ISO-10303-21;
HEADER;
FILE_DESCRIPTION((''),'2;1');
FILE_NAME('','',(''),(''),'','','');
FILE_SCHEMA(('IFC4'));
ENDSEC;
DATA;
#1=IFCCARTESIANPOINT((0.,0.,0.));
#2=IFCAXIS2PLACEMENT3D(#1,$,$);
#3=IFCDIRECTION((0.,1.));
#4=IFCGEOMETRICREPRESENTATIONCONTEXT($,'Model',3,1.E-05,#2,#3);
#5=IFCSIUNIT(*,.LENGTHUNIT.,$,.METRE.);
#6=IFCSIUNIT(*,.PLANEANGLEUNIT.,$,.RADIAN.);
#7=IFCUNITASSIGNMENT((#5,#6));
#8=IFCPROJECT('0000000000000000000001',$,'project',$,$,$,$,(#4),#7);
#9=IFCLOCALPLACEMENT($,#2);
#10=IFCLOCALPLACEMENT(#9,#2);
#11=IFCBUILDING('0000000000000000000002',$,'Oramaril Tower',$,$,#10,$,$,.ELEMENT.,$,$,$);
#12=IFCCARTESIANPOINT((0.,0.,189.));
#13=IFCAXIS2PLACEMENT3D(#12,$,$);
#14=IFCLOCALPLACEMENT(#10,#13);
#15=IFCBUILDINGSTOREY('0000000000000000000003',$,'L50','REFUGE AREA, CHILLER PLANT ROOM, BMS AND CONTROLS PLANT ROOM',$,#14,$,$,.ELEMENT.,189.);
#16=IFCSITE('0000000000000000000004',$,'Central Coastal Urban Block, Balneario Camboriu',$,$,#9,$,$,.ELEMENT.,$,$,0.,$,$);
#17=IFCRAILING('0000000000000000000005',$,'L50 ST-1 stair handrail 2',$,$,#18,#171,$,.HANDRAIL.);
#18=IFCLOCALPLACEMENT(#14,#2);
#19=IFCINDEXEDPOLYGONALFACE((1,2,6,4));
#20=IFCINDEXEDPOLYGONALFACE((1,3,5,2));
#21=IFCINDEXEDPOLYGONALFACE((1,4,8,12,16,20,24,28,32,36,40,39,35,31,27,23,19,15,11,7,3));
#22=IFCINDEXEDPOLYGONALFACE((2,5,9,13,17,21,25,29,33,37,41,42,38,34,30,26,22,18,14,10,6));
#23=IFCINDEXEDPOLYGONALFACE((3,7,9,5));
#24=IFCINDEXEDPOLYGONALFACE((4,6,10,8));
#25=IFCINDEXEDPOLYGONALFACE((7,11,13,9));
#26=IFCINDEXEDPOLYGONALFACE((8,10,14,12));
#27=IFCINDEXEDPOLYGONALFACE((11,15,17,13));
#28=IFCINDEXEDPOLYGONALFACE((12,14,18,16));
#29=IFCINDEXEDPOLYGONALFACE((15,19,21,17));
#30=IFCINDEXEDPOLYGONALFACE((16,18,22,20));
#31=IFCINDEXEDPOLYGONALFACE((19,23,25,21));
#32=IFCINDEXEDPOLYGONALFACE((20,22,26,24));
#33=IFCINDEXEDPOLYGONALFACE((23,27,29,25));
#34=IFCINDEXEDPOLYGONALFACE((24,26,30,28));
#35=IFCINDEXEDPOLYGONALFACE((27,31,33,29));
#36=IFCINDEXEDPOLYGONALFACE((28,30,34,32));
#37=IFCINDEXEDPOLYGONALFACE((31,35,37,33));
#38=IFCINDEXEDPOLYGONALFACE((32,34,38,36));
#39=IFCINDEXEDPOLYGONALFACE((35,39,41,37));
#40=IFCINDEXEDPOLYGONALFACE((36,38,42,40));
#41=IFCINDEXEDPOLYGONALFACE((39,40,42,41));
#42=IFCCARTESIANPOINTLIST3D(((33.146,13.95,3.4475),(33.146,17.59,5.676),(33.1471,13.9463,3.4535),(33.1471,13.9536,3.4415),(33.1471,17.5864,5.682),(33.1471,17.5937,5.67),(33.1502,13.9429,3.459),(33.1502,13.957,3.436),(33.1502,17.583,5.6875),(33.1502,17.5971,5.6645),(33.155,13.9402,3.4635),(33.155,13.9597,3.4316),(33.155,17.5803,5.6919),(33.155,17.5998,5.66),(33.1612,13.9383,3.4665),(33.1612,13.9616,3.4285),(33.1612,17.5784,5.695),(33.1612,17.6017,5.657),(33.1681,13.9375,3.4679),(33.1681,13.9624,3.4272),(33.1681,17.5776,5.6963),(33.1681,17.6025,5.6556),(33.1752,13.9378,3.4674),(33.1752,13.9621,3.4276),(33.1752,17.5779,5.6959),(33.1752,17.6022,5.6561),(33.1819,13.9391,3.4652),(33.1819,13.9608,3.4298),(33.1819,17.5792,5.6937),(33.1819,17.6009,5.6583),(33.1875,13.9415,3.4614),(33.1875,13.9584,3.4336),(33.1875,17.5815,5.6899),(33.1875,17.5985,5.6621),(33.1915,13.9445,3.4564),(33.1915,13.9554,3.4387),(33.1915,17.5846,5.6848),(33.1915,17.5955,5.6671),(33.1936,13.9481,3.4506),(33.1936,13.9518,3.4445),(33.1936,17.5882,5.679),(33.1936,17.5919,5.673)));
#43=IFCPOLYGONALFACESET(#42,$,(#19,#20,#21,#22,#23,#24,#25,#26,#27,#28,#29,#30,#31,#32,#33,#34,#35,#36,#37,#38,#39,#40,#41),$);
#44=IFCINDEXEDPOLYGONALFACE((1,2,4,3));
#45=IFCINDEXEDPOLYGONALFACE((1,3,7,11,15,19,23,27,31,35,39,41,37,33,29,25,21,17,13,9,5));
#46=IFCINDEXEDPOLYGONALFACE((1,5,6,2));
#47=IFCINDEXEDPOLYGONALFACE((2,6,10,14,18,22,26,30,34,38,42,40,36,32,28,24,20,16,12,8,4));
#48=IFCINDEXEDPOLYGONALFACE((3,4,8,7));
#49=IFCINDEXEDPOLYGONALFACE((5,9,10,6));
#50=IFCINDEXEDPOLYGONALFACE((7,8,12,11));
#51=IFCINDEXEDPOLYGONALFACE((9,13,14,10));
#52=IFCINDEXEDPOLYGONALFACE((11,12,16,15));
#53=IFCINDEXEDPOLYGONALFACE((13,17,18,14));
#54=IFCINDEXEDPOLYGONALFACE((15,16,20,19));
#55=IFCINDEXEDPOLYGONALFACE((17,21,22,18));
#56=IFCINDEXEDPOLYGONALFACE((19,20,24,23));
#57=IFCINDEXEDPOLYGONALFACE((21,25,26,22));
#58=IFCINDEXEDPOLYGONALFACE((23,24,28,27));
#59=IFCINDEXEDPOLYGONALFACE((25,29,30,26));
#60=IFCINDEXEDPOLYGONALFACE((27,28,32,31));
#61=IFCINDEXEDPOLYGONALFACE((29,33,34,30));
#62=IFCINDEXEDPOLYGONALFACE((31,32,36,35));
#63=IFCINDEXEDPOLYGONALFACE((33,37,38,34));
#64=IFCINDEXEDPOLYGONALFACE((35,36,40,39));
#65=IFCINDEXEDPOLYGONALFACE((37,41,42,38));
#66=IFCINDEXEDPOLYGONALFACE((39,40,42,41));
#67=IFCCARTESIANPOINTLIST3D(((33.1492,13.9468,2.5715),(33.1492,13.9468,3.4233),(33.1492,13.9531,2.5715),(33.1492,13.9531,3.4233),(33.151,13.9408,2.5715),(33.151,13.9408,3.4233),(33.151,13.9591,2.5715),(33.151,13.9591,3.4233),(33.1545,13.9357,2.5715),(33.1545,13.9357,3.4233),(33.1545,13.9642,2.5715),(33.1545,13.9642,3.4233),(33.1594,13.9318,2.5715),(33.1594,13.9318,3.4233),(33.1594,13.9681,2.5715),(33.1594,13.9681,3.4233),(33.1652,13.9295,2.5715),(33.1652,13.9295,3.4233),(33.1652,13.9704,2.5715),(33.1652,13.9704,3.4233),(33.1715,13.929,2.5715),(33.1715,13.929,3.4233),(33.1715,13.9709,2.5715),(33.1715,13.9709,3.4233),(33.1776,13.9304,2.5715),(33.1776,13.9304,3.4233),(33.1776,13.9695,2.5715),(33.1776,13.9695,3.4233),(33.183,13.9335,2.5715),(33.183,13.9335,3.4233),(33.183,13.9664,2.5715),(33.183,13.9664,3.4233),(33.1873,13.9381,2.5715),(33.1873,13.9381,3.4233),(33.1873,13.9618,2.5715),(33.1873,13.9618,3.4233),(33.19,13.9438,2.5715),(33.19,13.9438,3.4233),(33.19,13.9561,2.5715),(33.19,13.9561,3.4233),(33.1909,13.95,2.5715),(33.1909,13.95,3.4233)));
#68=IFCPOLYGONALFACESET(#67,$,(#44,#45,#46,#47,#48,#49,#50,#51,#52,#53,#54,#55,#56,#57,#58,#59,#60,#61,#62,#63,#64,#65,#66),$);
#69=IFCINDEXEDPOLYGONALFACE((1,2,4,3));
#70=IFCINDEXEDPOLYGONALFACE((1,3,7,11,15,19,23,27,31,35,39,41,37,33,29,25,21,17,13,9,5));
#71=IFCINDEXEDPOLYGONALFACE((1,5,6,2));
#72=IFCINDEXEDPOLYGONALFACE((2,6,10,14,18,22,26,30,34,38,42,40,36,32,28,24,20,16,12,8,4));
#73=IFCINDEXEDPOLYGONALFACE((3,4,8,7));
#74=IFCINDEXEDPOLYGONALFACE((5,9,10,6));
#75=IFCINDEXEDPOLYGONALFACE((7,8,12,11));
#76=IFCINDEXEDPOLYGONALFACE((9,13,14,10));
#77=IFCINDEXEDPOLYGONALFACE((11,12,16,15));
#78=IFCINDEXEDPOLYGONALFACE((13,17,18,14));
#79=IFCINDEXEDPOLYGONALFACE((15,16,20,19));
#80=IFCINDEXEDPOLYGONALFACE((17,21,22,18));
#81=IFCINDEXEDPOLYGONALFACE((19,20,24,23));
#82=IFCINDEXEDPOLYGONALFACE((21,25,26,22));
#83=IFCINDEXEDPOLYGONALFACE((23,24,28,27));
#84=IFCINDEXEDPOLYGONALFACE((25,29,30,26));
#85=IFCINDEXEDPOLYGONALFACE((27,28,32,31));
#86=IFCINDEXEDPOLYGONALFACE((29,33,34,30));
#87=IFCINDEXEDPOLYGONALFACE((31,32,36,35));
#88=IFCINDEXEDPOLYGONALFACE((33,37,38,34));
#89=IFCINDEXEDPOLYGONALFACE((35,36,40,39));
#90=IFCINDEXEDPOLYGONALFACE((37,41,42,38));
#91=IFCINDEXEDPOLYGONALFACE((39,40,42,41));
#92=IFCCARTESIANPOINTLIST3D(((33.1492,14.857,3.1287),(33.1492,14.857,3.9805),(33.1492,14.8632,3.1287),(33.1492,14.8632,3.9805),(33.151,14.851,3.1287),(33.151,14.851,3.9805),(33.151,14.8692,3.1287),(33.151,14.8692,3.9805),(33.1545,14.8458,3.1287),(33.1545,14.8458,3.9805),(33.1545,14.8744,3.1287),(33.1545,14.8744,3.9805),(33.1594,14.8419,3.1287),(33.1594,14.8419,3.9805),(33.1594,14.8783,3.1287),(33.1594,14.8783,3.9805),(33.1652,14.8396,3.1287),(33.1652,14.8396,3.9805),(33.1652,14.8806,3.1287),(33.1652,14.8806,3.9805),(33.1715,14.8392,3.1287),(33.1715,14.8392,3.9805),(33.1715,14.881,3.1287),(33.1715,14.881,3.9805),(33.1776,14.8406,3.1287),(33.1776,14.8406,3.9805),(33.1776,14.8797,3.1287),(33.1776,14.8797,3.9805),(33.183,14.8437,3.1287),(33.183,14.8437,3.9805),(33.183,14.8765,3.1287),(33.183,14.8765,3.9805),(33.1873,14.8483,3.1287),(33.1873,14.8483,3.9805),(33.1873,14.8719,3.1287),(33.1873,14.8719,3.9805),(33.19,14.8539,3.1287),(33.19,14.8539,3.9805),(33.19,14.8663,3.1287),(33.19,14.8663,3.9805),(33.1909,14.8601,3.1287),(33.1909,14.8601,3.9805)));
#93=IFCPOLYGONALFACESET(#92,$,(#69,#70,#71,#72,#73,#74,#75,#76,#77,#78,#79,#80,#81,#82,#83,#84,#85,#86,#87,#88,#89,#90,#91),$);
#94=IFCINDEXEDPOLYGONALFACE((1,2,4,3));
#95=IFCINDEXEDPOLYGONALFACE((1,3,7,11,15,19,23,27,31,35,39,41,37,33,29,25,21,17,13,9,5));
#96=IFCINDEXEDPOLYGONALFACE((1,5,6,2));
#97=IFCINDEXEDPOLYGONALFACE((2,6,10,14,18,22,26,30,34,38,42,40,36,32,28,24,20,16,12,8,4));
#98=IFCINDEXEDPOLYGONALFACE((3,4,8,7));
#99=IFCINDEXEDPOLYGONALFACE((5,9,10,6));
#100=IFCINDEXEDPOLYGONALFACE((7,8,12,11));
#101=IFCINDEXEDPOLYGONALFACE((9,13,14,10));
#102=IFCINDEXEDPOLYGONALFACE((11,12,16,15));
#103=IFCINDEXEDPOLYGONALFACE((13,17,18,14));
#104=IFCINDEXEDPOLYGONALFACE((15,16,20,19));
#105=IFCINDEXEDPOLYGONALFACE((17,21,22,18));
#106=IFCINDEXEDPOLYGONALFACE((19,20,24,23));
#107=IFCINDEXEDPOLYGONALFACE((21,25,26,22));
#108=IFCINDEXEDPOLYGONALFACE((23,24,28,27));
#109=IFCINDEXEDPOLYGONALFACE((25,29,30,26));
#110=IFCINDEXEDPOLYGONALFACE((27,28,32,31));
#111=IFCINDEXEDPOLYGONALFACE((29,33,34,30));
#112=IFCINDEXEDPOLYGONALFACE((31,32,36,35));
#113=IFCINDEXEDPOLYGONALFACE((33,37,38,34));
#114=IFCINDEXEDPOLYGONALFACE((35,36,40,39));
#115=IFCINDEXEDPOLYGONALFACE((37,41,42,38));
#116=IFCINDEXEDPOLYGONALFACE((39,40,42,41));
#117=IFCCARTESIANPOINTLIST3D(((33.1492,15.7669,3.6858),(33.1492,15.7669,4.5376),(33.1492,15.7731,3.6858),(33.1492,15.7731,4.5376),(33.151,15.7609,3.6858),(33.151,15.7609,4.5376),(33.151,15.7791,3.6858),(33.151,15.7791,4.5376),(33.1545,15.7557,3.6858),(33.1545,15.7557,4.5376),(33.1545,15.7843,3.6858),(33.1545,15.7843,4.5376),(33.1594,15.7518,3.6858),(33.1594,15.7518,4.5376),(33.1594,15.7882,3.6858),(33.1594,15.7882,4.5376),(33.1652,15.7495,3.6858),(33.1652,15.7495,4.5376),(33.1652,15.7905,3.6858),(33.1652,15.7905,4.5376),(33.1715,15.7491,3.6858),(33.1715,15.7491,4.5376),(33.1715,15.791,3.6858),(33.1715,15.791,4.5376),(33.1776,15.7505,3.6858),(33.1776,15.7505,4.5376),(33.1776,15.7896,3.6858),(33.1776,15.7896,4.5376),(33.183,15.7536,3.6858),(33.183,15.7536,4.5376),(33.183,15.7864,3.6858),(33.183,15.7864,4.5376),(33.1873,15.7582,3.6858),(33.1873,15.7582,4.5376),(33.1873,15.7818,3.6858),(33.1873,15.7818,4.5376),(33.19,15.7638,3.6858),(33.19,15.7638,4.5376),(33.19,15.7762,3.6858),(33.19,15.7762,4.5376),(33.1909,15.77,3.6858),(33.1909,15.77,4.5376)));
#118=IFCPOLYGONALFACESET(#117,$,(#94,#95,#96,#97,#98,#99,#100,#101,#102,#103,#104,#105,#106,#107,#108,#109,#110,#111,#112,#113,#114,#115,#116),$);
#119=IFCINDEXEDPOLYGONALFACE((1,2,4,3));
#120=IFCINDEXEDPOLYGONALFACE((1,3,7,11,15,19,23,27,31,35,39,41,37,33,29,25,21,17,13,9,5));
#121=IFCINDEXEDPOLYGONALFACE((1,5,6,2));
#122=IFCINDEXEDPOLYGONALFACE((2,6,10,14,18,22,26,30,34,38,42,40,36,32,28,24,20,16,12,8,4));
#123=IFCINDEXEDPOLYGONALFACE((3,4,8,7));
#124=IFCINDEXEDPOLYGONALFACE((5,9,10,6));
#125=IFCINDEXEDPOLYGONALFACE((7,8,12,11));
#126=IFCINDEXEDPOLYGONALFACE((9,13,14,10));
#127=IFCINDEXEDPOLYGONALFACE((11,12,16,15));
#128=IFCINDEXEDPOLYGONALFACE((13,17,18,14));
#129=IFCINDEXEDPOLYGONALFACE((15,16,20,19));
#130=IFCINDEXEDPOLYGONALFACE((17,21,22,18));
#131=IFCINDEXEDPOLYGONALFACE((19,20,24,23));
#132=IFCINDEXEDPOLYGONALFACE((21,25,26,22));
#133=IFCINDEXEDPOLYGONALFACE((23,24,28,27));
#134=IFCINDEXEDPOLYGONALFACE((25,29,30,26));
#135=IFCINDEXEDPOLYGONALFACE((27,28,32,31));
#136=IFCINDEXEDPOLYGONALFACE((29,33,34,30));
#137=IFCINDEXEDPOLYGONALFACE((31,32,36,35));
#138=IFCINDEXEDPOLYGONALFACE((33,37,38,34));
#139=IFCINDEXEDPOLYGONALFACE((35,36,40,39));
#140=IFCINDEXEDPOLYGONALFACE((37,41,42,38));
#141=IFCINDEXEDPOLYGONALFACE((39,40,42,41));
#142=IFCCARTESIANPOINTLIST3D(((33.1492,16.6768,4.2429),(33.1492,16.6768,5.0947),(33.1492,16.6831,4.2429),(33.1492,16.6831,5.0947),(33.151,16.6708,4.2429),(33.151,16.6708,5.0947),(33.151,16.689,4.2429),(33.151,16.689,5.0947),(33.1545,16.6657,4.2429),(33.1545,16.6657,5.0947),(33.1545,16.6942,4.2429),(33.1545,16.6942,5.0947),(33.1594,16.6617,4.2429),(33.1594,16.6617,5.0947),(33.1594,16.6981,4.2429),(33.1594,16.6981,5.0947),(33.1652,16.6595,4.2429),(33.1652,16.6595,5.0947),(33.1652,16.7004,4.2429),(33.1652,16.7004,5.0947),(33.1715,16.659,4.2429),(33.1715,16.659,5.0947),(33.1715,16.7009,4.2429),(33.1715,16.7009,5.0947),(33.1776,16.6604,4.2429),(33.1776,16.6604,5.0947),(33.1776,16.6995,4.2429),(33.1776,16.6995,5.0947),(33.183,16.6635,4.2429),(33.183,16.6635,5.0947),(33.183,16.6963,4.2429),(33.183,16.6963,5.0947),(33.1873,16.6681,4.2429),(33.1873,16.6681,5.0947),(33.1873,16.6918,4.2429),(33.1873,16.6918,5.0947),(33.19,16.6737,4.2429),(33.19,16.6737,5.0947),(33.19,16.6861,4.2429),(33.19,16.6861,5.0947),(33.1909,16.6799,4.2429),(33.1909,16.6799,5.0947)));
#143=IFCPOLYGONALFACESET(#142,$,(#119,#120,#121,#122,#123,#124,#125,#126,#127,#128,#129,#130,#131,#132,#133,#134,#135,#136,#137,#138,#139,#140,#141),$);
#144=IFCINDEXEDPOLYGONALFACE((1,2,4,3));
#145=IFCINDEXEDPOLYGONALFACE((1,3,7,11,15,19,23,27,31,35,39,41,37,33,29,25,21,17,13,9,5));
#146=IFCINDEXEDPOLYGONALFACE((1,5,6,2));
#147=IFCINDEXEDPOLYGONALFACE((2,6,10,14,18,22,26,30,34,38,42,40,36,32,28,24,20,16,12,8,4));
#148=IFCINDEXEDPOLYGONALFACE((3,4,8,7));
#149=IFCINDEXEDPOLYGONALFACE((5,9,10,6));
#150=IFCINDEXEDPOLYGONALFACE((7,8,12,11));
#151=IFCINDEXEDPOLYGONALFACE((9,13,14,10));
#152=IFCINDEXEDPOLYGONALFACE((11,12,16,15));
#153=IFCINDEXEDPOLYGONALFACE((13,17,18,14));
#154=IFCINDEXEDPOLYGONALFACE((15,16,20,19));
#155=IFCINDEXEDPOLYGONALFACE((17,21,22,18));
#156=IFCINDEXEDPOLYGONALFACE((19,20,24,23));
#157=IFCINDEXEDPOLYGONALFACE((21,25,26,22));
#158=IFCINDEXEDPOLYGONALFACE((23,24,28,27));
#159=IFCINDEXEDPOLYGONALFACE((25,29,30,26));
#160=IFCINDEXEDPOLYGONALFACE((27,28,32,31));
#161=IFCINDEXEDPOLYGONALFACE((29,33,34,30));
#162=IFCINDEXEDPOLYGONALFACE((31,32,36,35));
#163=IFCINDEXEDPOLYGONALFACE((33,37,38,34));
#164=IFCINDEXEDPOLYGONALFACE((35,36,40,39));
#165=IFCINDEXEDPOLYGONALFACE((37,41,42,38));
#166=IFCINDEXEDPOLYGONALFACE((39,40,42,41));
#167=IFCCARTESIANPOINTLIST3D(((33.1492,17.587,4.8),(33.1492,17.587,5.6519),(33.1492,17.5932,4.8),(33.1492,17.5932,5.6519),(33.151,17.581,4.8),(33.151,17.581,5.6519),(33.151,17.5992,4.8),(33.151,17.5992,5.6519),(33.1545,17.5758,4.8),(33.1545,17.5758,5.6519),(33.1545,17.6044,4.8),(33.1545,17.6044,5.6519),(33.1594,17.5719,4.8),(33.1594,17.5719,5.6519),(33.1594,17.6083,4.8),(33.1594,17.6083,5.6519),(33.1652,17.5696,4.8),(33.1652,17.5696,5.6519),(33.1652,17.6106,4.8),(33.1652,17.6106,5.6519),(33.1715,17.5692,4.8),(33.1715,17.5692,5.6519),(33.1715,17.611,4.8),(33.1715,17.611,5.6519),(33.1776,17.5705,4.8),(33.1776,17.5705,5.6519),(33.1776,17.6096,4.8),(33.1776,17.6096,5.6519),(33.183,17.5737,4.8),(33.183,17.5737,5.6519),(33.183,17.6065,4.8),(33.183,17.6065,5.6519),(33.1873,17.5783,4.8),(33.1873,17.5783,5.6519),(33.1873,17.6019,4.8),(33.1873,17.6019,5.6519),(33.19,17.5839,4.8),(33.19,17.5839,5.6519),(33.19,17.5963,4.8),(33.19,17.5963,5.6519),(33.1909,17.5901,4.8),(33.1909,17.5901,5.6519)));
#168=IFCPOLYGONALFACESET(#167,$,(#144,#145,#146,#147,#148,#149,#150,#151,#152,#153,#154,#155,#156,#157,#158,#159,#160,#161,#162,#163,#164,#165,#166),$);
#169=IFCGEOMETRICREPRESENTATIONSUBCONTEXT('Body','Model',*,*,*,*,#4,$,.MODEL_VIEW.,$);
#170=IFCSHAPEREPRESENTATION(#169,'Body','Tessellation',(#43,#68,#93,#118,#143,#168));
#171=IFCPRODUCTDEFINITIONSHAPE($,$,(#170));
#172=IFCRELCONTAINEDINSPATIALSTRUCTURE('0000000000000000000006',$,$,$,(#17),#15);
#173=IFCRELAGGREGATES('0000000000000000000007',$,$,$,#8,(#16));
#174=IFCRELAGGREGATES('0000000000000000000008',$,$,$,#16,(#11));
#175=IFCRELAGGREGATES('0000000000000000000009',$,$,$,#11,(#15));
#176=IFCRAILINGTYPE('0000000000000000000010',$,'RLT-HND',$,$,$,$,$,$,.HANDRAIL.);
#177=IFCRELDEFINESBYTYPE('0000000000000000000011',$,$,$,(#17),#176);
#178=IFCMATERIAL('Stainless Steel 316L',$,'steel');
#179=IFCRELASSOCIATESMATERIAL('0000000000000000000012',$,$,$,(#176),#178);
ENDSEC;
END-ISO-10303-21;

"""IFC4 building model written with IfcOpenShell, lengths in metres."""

from ifc_helpers import new_model, si_unit, direction, frame, origin, origin_2d, place, context, subcontext, project, spatial, circle, extrude, material, type_object, element, save


model = new_model("IFC4")

# Units and contexts
model_context = context("Model", 3, precision=1e-05, world=origin(), true_north=direction((0.0, 1.0)))
body_context = subcontext(model_context, "Body", "Model", "MODEL_VIEW")
ifc_project = project(units=[si_unit("LENGTHUNIT", "METRE"), si_unit("PLANEANGLEUNIT", "RADIAN")], contexts=[model_context])

# Site, building, storey
site_placement = place(None, origin())
site = spatial("IfcSite", under=ifc_project, at=site_placement, Name="Central Coastal Urban Block, Balneario Camboriu", CompositionType="ELEMENT", RefElevation=0.0)
building_placement = place(site_placement, origin())
building = spatial("IfcBuilding", under=site, at=building_placement, Name="Oramaril Tower", CompositionType="ELEMENT")
storey_placement = place(building_placement, frame((0.0, 0.0, 189.0)))
storey = spatial("IfcBuildingStorey", under=building, at=storey_placement, Name="L50", Description="REFUGE AREA, CHILLER PLANT ROOM, BMS AND CONTROLS PLANT ROOM", CompositionType="ELEMENT", Elevation=189.0)

# Railing
ifc_material_1 = material(Name="Stainless Steel 316L", Category="steel")
railing_type_1 = type_object("IfcRailingType", Name="RLT-HND", PredefinedType="HANDRAIL", material=ifc_material_1)
railing_1_placement = place(storey_placement, frame((33.1699, 13.95, 2.5715)))
element("IfcRailing", 1, at=railing_1_placement, inside=storey, type_object=railing_type_1, Name="L50 ST-1 stair handrail 2", PredefinedType="HANDRAIL", context=body_context, shape_type="SweptSolid", body=[
    extrude(circle(Radius=0.0239, at=origin_2d()), frame((0.0, 0.0, 0.876), z_axis=(0.0, 0.852866, 0.52213), x_axis=(-1.0, 0.0, 0.0)), (0.0, 0.0, 1.0), 4.2681),
    extrude(circle(Radius=0.021, at=origin_2d()), origin(), (0.0, 0.0, 1.0), 0.8518),
    extrude(circle(Radius=0.021, at=origin_2d()), frame((0.0, 0.9102, 0.5571)), (0.0, 0.0, 1.0), 0.8518),
    extrude(circle(Radius=0.021, at=origin_2d()), frame((0.0, 1.8201, 1.1143)), (0.0, 0.0, 1.0), 0.8518),
    extrude(circle(Radius=0.021, at=origin_2d()), frame((0.0, 2.73, 1.6714)), (0.0, 0.0, 1.0), 0.8518),
    extrude(circle(Radius=0.021, at=origin_2d()), frame((0.0, 3.6401, 2.2285)), (0.0, 0.0, 1.0), 0.8518),
])

save(model, "model.ifc")
